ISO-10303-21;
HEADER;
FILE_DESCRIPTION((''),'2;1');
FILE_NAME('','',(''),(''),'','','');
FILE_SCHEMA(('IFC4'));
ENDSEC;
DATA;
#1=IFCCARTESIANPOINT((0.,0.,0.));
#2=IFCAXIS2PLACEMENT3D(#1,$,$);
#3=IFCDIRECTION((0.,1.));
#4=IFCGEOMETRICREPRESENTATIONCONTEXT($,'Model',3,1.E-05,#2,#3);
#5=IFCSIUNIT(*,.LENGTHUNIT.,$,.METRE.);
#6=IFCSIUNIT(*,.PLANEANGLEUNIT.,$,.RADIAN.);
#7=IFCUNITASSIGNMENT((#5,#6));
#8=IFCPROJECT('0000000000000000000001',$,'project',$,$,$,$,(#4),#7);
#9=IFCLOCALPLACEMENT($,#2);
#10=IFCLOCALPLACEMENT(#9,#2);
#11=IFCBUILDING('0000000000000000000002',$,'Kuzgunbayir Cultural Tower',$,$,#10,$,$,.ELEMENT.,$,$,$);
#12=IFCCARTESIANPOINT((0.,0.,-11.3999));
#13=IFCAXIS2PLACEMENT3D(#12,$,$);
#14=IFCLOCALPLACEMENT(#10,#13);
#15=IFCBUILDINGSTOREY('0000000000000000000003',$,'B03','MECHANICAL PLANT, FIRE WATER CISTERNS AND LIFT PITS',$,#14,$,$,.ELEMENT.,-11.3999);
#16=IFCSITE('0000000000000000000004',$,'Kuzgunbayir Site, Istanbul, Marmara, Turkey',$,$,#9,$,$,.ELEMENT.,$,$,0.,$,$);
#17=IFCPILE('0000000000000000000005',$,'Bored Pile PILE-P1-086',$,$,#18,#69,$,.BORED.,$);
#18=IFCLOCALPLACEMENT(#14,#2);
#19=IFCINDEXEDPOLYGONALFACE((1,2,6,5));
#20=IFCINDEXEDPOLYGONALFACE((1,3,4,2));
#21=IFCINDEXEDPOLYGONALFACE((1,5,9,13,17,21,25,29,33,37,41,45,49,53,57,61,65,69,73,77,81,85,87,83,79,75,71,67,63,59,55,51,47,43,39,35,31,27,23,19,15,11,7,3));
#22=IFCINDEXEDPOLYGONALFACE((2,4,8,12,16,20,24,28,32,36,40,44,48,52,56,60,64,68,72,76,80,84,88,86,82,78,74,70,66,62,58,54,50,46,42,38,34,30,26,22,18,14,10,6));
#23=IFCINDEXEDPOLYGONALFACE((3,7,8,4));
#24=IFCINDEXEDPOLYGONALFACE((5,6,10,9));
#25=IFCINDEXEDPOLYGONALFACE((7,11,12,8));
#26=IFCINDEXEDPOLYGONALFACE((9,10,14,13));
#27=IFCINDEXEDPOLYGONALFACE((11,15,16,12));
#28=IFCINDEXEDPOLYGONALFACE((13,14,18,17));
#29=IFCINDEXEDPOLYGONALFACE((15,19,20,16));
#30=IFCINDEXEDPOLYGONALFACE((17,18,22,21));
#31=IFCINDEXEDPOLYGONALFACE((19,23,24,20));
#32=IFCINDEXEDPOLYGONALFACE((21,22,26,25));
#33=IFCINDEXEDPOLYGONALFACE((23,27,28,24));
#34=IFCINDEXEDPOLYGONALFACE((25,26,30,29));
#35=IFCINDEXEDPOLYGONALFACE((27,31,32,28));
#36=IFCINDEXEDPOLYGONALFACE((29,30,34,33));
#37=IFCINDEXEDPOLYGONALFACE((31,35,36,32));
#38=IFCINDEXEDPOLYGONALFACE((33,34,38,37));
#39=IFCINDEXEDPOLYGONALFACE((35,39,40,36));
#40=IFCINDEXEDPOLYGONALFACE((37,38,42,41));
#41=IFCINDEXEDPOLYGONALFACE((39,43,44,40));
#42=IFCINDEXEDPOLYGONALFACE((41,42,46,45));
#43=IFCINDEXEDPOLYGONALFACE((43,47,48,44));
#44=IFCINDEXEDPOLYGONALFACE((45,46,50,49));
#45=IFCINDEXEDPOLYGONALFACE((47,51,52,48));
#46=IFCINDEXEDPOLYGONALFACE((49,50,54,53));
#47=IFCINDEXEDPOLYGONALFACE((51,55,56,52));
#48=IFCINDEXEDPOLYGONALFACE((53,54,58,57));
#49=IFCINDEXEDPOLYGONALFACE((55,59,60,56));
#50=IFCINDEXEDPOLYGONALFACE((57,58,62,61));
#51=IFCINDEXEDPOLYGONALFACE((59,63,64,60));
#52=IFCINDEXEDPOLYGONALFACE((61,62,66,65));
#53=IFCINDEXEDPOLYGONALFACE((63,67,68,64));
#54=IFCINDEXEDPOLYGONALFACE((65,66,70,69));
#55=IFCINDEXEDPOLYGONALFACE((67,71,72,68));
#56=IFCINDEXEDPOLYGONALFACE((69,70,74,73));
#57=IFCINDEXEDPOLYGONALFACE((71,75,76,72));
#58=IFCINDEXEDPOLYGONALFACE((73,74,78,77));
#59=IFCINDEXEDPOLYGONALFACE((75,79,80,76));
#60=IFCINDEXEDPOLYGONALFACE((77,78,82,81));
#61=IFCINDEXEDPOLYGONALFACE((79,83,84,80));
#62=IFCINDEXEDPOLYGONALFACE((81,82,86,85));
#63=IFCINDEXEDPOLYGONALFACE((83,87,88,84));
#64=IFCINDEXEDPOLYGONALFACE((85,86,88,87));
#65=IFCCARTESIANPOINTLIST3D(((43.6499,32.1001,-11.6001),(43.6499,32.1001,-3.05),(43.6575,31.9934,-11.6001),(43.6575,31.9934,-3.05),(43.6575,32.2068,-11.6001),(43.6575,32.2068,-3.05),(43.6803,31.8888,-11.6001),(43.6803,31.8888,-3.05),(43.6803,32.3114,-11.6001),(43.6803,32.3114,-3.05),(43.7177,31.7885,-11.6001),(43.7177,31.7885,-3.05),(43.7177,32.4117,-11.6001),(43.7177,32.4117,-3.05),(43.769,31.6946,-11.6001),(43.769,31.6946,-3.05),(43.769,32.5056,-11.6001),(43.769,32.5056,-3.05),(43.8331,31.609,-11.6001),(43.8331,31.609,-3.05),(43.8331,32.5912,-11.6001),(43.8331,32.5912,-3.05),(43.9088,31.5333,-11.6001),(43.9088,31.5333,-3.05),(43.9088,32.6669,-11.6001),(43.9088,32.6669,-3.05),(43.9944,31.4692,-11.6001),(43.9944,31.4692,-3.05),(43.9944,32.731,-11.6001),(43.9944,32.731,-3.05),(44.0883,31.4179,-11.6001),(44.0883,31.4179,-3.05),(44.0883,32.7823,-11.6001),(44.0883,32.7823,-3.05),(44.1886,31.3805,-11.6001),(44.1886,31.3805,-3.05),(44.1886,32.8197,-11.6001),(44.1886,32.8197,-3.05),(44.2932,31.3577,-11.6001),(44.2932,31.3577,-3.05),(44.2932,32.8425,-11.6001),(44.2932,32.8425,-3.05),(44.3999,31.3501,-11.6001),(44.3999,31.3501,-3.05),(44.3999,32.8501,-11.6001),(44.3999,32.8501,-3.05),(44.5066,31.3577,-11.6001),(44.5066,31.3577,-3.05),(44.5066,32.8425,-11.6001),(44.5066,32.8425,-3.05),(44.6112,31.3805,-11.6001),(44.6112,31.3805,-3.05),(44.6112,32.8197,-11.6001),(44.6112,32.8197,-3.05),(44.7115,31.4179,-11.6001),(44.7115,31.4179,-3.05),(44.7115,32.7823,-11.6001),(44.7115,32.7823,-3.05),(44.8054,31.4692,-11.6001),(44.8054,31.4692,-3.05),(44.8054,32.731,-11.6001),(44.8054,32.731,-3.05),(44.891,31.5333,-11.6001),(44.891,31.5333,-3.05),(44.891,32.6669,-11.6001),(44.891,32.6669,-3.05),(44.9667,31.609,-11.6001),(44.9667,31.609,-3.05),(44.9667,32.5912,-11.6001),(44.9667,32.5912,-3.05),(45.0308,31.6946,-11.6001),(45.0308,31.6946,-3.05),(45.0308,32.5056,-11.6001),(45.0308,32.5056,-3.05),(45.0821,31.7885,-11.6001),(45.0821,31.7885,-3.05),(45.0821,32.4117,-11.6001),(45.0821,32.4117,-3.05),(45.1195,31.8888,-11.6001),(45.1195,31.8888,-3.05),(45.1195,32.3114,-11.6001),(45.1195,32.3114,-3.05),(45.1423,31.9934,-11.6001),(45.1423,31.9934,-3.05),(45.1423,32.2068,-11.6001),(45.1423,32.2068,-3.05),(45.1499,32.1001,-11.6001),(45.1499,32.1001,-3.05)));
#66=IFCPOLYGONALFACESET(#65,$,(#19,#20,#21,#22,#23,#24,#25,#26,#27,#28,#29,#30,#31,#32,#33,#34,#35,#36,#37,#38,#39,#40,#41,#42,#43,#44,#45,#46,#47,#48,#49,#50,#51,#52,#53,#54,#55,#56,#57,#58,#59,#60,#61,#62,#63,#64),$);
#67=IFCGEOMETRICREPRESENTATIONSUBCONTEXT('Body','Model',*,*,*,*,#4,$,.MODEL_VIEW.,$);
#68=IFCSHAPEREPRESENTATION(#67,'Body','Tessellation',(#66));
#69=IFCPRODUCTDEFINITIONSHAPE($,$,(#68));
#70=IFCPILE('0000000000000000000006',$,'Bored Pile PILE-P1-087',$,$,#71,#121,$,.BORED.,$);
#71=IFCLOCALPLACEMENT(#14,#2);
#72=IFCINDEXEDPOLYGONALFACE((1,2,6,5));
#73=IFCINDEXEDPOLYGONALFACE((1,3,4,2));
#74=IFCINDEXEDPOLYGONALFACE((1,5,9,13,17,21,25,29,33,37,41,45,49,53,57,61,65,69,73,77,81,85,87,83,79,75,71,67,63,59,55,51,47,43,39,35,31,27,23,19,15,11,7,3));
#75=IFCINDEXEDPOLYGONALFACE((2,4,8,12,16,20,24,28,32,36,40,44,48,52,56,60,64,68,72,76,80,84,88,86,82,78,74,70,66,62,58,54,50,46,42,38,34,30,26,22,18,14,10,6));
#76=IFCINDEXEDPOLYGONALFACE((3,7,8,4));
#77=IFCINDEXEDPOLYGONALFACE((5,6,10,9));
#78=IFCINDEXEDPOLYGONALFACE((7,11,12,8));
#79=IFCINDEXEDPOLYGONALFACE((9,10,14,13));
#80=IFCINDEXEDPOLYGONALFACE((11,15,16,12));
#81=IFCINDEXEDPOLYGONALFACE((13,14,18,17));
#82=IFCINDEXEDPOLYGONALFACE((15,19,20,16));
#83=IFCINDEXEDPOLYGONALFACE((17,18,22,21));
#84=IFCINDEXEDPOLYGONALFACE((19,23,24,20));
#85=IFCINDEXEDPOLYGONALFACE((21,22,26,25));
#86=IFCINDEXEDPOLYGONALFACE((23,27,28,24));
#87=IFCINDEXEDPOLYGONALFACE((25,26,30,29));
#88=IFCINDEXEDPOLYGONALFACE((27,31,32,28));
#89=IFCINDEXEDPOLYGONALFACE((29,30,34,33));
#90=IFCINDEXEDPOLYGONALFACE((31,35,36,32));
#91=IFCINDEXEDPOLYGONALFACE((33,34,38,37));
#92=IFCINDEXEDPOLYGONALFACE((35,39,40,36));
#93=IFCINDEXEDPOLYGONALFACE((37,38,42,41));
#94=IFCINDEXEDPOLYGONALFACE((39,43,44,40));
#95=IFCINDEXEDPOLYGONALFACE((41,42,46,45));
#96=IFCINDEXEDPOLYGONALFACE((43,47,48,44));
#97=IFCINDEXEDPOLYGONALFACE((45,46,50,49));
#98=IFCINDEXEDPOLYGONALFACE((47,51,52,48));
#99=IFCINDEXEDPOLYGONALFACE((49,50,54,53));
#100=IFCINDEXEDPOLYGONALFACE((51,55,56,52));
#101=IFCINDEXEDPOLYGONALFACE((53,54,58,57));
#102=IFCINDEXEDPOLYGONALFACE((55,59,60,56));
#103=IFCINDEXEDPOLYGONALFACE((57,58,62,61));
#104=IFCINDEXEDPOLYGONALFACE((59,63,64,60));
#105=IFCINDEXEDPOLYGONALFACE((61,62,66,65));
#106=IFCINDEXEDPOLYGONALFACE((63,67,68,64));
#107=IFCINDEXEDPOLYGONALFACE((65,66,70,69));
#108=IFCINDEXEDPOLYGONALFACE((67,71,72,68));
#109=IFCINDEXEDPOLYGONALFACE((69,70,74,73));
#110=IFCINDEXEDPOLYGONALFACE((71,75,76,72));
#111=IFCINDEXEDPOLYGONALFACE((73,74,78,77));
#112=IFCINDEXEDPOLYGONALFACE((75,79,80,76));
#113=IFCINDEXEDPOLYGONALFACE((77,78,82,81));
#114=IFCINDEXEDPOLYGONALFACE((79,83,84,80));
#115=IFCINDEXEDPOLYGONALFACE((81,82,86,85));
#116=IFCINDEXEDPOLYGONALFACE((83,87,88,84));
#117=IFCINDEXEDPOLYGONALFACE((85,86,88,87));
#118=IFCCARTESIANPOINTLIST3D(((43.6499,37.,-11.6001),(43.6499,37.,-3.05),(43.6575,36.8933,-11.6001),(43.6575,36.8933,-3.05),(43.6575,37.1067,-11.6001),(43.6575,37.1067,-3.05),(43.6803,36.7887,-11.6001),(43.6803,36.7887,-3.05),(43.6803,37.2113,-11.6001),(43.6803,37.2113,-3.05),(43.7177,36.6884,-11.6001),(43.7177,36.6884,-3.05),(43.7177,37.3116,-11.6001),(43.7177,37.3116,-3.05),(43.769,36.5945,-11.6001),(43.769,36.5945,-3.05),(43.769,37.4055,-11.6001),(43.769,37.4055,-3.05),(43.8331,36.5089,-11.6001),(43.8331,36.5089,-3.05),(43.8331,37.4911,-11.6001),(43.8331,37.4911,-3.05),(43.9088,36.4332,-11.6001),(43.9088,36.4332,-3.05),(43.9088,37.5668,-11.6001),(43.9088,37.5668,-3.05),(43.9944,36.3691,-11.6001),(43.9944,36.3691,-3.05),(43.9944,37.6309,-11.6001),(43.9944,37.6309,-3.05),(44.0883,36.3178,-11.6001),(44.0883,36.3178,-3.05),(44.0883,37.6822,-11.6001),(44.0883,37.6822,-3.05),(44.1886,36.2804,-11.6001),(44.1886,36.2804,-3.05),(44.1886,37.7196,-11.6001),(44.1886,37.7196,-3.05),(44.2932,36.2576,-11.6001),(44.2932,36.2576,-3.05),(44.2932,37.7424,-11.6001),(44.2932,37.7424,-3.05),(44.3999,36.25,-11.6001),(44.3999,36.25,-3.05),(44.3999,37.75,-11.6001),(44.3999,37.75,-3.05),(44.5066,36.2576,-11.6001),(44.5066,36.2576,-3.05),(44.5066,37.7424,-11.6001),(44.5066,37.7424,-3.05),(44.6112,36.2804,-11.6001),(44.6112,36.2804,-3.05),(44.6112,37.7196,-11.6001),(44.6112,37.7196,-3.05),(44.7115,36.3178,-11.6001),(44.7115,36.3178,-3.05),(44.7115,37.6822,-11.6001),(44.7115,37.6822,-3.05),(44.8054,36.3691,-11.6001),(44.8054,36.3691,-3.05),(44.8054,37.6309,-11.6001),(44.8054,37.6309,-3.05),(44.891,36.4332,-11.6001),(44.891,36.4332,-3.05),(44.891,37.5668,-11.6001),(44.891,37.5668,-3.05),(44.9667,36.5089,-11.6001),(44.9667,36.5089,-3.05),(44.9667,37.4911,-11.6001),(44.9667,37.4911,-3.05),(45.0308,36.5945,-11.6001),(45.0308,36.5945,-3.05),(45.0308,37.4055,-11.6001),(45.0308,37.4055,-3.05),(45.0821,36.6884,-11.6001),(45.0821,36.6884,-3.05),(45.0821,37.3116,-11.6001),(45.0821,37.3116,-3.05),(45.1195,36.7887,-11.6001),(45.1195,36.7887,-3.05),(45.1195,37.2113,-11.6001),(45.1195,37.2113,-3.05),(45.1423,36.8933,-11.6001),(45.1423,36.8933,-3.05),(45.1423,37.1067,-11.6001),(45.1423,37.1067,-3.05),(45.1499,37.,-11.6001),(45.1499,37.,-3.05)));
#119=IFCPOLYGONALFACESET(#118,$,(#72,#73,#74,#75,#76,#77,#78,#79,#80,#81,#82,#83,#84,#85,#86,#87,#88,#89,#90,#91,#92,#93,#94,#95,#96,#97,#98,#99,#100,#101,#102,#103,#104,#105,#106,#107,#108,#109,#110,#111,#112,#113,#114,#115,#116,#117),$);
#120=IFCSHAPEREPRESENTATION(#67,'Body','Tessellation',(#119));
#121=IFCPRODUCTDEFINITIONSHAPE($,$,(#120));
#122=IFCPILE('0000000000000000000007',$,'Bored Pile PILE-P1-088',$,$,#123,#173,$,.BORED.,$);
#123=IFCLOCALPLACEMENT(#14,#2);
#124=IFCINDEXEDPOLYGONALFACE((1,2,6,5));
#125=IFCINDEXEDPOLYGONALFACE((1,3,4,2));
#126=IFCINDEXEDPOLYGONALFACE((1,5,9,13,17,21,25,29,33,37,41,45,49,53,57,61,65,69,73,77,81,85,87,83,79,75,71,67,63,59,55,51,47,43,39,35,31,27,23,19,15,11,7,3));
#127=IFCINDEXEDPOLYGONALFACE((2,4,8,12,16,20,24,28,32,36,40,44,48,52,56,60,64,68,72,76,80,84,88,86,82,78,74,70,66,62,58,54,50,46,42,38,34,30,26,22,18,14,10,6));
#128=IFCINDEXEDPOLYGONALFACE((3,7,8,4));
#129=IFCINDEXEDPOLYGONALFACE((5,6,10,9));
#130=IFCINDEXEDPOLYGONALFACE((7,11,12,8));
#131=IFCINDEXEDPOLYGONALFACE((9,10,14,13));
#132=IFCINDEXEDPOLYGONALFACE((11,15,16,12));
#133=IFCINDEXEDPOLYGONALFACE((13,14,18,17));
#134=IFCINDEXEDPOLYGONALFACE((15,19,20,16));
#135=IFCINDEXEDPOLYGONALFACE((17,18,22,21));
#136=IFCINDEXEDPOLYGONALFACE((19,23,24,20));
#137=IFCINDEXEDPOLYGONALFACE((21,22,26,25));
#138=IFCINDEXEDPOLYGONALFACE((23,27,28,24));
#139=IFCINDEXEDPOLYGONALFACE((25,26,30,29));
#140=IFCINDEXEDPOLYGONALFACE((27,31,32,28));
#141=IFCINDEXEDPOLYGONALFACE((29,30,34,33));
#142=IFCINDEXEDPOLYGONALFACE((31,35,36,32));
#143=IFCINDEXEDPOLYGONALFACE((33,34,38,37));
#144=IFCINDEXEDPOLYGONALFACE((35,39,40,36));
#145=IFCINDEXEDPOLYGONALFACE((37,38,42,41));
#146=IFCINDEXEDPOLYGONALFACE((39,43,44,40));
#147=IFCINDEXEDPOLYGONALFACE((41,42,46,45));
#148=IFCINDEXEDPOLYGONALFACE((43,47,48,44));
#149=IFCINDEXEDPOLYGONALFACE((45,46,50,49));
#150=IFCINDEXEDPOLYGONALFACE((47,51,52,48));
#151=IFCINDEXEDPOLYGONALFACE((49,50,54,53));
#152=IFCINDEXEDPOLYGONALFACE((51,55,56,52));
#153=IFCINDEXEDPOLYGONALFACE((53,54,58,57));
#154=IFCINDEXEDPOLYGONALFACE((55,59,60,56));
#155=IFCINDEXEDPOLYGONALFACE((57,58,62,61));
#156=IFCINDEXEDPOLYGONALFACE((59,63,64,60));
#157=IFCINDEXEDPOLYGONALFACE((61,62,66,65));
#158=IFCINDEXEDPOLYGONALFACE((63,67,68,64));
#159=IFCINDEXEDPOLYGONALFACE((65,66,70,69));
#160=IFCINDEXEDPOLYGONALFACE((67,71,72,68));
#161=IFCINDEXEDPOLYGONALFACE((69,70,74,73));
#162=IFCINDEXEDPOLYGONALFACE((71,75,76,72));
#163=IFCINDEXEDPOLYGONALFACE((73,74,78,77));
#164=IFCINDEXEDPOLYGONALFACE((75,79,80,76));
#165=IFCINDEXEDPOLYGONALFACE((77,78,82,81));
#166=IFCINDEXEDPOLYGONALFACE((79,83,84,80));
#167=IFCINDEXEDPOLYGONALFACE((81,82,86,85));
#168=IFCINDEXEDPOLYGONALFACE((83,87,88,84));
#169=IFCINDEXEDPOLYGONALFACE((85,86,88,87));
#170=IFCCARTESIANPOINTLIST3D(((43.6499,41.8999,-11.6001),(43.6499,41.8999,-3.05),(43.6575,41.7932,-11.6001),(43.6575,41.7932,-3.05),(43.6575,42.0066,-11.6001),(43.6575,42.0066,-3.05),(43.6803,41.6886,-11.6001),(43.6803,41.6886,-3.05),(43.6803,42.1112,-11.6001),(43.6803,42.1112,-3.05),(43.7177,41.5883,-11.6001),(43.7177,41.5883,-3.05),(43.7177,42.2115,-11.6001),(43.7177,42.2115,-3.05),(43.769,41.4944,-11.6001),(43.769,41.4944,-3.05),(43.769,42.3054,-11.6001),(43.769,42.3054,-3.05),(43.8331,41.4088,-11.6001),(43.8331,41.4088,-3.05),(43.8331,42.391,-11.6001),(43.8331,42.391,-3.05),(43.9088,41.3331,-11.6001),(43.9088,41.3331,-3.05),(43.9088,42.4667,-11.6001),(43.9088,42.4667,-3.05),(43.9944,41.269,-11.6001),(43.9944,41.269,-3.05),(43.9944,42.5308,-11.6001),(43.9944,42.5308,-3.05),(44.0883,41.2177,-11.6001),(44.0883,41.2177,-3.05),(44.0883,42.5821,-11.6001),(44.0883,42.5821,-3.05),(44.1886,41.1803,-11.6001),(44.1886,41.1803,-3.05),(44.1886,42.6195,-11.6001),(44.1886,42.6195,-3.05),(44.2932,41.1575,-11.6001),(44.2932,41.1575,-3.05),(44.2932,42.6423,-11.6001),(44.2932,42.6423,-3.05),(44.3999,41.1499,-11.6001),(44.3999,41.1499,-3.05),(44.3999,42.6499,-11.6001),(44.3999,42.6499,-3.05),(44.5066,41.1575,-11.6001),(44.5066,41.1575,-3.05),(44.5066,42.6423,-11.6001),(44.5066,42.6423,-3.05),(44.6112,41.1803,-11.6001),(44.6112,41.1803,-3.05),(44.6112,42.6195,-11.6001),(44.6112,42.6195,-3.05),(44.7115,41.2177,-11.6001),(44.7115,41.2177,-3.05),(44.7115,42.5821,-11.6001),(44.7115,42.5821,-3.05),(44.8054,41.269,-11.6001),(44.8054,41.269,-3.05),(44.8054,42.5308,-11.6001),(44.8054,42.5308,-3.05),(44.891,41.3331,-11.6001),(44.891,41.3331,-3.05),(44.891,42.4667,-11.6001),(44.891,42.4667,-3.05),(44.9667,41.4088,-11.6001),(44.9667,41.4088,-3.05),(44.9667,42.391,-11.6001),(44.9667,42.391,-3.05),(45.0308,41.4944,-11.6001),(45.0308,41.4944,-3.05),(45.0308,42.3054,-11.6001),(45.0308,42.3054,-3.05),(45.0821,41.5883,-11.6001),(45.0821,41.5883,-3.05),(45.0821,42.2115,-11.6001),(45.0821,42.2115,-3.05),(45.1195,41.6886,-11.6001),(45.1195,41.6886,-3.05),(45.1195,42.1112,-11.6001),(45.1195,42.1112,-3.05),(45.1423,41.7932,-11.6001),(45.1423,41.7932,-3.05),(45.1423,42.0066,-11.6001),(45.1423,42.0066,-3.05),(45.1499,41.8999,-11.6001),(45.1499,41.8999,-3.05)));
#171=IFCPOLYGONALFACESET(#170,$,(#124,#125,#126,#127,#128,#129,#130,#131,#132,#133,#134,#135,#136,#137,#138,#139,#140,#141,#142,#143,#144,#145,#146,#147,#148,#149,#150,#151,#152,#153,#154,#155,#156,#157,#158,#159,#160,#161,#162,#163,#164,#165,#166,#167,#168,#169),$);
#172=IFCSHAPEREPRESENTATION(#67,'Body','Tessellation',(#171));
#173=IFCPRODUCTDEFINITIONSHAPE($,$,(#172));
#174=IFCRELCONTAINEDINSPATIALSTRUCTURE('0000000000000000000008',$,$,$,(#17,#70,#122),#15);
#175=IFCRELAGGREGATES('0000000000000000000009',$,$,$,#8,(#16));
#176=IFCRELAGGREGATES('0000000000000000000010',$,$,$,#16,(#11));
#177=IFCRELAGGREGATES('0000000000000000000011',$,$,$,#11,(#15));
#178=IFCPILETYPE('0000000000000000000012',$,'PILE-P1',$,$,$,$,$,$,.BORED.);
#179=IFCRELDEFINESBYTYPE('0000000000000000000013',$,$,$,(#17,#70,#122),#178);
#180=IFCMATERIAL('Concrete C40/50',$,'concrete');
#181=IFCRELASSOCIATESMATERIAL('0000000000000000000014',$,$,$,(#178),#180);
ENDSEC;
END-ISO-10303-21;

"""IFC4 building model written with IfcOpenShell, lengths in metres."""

from ifc_helpers import new_model, si_unit, direction, frame, origin, origin_2d, place, context, subcontext, project, spatial, circle, extrude, material, material_profile, profile_set, type_object, element, save


model = new_model("IFC4")

# Units and contexts
model_context = context("Model", 3, precision=1e-05, world=origin(), true_north=direction((0.0, 1.0)))
body_context = subcontext(model_context, "Body", "Model", "MODEL_VIEW")
ifc_project = project(units=[si_unit("LENGTHUNIT", "METRE"), si_unit("PLANEANGLEUNIT", "RADIAN")], contexts=[model_context])

# Site, building, storey
site_placement = place(None, origin())
site = spatial("IfcSite", under=ifc_project, at=site_placement, Name="Kuzgunbayir Site, Istanbul, Marmara, Turkey", CompositionType="ELEMENT", RefElevation=0.0)
building_placement = place(site_placement, origin())
building = spatial("IfcBuilding", under=site, at=building_placement, Name="Kuzgunbayir Cultural Tower", CompositionType="ELEMENT")
storey_placement = place(building_placement, frame((0.0, 0.0, -11.3999)))
storey = spatial("IfcBuildingStorey", under=building, at=storey_placement, Name="B03", Description="MECHANICAL PLANT, FIRE WATER CISTERNS AND LIFT PITS", CompositionType="ELEMENT", Elevation=-11.3999)

# Piles
ifc_material_1 = material(Name="Concrete C40/50", Category="concrete")
ifc_material_profile_1 = material_profile(ifc_material_1, circle(Radius=0.75, at=origin_2d()), Name="BORED PILE 1500")
ifc_profile_set_1 = profile_set([ifc_material_profile_1], Name="Concrete C40/50")
pile_type_1 = type_object("IfcPileType", Name="PILE-P1", PredefinedType="BORED", material=ifc_profile_set_1)
for number, where, z_axis, x_axis, name in (
    (1, (44.3999, 32.1001, -3.05), (0.0, 0.0, -1.0), (1.0, 0.0, 0.0), "Bored Pile PILE-P1-086"),
    (2, (44.3999, 37.0, -3.05), (0.0, 0.0, -1.0), (1.0, 0.0, 0.0), "Bored Pile PILE-P1-087"),
    (3, (44.3999, 41.8999, -3.05), (0.0, 0.0, -1.0), (1.0, 0.0, 0.0), "Bored Pile PILE-P1-088"),
):
    element("IfcPile", number, at=place(storey_placement, frame(where, z_axis=z_axis, x_axis=x_axis)), inside=storey, type_object=pile_type_1, Name=name, PredefinedType="BORED", context=body_context, shape_type="SweptSolid", body=[
        extrude(circle(Radius=0.75, at=origin_2d()), origin(), (0.0, 0.0, 1.0), 8.55),
    ])

save(model, "model.ifc")
